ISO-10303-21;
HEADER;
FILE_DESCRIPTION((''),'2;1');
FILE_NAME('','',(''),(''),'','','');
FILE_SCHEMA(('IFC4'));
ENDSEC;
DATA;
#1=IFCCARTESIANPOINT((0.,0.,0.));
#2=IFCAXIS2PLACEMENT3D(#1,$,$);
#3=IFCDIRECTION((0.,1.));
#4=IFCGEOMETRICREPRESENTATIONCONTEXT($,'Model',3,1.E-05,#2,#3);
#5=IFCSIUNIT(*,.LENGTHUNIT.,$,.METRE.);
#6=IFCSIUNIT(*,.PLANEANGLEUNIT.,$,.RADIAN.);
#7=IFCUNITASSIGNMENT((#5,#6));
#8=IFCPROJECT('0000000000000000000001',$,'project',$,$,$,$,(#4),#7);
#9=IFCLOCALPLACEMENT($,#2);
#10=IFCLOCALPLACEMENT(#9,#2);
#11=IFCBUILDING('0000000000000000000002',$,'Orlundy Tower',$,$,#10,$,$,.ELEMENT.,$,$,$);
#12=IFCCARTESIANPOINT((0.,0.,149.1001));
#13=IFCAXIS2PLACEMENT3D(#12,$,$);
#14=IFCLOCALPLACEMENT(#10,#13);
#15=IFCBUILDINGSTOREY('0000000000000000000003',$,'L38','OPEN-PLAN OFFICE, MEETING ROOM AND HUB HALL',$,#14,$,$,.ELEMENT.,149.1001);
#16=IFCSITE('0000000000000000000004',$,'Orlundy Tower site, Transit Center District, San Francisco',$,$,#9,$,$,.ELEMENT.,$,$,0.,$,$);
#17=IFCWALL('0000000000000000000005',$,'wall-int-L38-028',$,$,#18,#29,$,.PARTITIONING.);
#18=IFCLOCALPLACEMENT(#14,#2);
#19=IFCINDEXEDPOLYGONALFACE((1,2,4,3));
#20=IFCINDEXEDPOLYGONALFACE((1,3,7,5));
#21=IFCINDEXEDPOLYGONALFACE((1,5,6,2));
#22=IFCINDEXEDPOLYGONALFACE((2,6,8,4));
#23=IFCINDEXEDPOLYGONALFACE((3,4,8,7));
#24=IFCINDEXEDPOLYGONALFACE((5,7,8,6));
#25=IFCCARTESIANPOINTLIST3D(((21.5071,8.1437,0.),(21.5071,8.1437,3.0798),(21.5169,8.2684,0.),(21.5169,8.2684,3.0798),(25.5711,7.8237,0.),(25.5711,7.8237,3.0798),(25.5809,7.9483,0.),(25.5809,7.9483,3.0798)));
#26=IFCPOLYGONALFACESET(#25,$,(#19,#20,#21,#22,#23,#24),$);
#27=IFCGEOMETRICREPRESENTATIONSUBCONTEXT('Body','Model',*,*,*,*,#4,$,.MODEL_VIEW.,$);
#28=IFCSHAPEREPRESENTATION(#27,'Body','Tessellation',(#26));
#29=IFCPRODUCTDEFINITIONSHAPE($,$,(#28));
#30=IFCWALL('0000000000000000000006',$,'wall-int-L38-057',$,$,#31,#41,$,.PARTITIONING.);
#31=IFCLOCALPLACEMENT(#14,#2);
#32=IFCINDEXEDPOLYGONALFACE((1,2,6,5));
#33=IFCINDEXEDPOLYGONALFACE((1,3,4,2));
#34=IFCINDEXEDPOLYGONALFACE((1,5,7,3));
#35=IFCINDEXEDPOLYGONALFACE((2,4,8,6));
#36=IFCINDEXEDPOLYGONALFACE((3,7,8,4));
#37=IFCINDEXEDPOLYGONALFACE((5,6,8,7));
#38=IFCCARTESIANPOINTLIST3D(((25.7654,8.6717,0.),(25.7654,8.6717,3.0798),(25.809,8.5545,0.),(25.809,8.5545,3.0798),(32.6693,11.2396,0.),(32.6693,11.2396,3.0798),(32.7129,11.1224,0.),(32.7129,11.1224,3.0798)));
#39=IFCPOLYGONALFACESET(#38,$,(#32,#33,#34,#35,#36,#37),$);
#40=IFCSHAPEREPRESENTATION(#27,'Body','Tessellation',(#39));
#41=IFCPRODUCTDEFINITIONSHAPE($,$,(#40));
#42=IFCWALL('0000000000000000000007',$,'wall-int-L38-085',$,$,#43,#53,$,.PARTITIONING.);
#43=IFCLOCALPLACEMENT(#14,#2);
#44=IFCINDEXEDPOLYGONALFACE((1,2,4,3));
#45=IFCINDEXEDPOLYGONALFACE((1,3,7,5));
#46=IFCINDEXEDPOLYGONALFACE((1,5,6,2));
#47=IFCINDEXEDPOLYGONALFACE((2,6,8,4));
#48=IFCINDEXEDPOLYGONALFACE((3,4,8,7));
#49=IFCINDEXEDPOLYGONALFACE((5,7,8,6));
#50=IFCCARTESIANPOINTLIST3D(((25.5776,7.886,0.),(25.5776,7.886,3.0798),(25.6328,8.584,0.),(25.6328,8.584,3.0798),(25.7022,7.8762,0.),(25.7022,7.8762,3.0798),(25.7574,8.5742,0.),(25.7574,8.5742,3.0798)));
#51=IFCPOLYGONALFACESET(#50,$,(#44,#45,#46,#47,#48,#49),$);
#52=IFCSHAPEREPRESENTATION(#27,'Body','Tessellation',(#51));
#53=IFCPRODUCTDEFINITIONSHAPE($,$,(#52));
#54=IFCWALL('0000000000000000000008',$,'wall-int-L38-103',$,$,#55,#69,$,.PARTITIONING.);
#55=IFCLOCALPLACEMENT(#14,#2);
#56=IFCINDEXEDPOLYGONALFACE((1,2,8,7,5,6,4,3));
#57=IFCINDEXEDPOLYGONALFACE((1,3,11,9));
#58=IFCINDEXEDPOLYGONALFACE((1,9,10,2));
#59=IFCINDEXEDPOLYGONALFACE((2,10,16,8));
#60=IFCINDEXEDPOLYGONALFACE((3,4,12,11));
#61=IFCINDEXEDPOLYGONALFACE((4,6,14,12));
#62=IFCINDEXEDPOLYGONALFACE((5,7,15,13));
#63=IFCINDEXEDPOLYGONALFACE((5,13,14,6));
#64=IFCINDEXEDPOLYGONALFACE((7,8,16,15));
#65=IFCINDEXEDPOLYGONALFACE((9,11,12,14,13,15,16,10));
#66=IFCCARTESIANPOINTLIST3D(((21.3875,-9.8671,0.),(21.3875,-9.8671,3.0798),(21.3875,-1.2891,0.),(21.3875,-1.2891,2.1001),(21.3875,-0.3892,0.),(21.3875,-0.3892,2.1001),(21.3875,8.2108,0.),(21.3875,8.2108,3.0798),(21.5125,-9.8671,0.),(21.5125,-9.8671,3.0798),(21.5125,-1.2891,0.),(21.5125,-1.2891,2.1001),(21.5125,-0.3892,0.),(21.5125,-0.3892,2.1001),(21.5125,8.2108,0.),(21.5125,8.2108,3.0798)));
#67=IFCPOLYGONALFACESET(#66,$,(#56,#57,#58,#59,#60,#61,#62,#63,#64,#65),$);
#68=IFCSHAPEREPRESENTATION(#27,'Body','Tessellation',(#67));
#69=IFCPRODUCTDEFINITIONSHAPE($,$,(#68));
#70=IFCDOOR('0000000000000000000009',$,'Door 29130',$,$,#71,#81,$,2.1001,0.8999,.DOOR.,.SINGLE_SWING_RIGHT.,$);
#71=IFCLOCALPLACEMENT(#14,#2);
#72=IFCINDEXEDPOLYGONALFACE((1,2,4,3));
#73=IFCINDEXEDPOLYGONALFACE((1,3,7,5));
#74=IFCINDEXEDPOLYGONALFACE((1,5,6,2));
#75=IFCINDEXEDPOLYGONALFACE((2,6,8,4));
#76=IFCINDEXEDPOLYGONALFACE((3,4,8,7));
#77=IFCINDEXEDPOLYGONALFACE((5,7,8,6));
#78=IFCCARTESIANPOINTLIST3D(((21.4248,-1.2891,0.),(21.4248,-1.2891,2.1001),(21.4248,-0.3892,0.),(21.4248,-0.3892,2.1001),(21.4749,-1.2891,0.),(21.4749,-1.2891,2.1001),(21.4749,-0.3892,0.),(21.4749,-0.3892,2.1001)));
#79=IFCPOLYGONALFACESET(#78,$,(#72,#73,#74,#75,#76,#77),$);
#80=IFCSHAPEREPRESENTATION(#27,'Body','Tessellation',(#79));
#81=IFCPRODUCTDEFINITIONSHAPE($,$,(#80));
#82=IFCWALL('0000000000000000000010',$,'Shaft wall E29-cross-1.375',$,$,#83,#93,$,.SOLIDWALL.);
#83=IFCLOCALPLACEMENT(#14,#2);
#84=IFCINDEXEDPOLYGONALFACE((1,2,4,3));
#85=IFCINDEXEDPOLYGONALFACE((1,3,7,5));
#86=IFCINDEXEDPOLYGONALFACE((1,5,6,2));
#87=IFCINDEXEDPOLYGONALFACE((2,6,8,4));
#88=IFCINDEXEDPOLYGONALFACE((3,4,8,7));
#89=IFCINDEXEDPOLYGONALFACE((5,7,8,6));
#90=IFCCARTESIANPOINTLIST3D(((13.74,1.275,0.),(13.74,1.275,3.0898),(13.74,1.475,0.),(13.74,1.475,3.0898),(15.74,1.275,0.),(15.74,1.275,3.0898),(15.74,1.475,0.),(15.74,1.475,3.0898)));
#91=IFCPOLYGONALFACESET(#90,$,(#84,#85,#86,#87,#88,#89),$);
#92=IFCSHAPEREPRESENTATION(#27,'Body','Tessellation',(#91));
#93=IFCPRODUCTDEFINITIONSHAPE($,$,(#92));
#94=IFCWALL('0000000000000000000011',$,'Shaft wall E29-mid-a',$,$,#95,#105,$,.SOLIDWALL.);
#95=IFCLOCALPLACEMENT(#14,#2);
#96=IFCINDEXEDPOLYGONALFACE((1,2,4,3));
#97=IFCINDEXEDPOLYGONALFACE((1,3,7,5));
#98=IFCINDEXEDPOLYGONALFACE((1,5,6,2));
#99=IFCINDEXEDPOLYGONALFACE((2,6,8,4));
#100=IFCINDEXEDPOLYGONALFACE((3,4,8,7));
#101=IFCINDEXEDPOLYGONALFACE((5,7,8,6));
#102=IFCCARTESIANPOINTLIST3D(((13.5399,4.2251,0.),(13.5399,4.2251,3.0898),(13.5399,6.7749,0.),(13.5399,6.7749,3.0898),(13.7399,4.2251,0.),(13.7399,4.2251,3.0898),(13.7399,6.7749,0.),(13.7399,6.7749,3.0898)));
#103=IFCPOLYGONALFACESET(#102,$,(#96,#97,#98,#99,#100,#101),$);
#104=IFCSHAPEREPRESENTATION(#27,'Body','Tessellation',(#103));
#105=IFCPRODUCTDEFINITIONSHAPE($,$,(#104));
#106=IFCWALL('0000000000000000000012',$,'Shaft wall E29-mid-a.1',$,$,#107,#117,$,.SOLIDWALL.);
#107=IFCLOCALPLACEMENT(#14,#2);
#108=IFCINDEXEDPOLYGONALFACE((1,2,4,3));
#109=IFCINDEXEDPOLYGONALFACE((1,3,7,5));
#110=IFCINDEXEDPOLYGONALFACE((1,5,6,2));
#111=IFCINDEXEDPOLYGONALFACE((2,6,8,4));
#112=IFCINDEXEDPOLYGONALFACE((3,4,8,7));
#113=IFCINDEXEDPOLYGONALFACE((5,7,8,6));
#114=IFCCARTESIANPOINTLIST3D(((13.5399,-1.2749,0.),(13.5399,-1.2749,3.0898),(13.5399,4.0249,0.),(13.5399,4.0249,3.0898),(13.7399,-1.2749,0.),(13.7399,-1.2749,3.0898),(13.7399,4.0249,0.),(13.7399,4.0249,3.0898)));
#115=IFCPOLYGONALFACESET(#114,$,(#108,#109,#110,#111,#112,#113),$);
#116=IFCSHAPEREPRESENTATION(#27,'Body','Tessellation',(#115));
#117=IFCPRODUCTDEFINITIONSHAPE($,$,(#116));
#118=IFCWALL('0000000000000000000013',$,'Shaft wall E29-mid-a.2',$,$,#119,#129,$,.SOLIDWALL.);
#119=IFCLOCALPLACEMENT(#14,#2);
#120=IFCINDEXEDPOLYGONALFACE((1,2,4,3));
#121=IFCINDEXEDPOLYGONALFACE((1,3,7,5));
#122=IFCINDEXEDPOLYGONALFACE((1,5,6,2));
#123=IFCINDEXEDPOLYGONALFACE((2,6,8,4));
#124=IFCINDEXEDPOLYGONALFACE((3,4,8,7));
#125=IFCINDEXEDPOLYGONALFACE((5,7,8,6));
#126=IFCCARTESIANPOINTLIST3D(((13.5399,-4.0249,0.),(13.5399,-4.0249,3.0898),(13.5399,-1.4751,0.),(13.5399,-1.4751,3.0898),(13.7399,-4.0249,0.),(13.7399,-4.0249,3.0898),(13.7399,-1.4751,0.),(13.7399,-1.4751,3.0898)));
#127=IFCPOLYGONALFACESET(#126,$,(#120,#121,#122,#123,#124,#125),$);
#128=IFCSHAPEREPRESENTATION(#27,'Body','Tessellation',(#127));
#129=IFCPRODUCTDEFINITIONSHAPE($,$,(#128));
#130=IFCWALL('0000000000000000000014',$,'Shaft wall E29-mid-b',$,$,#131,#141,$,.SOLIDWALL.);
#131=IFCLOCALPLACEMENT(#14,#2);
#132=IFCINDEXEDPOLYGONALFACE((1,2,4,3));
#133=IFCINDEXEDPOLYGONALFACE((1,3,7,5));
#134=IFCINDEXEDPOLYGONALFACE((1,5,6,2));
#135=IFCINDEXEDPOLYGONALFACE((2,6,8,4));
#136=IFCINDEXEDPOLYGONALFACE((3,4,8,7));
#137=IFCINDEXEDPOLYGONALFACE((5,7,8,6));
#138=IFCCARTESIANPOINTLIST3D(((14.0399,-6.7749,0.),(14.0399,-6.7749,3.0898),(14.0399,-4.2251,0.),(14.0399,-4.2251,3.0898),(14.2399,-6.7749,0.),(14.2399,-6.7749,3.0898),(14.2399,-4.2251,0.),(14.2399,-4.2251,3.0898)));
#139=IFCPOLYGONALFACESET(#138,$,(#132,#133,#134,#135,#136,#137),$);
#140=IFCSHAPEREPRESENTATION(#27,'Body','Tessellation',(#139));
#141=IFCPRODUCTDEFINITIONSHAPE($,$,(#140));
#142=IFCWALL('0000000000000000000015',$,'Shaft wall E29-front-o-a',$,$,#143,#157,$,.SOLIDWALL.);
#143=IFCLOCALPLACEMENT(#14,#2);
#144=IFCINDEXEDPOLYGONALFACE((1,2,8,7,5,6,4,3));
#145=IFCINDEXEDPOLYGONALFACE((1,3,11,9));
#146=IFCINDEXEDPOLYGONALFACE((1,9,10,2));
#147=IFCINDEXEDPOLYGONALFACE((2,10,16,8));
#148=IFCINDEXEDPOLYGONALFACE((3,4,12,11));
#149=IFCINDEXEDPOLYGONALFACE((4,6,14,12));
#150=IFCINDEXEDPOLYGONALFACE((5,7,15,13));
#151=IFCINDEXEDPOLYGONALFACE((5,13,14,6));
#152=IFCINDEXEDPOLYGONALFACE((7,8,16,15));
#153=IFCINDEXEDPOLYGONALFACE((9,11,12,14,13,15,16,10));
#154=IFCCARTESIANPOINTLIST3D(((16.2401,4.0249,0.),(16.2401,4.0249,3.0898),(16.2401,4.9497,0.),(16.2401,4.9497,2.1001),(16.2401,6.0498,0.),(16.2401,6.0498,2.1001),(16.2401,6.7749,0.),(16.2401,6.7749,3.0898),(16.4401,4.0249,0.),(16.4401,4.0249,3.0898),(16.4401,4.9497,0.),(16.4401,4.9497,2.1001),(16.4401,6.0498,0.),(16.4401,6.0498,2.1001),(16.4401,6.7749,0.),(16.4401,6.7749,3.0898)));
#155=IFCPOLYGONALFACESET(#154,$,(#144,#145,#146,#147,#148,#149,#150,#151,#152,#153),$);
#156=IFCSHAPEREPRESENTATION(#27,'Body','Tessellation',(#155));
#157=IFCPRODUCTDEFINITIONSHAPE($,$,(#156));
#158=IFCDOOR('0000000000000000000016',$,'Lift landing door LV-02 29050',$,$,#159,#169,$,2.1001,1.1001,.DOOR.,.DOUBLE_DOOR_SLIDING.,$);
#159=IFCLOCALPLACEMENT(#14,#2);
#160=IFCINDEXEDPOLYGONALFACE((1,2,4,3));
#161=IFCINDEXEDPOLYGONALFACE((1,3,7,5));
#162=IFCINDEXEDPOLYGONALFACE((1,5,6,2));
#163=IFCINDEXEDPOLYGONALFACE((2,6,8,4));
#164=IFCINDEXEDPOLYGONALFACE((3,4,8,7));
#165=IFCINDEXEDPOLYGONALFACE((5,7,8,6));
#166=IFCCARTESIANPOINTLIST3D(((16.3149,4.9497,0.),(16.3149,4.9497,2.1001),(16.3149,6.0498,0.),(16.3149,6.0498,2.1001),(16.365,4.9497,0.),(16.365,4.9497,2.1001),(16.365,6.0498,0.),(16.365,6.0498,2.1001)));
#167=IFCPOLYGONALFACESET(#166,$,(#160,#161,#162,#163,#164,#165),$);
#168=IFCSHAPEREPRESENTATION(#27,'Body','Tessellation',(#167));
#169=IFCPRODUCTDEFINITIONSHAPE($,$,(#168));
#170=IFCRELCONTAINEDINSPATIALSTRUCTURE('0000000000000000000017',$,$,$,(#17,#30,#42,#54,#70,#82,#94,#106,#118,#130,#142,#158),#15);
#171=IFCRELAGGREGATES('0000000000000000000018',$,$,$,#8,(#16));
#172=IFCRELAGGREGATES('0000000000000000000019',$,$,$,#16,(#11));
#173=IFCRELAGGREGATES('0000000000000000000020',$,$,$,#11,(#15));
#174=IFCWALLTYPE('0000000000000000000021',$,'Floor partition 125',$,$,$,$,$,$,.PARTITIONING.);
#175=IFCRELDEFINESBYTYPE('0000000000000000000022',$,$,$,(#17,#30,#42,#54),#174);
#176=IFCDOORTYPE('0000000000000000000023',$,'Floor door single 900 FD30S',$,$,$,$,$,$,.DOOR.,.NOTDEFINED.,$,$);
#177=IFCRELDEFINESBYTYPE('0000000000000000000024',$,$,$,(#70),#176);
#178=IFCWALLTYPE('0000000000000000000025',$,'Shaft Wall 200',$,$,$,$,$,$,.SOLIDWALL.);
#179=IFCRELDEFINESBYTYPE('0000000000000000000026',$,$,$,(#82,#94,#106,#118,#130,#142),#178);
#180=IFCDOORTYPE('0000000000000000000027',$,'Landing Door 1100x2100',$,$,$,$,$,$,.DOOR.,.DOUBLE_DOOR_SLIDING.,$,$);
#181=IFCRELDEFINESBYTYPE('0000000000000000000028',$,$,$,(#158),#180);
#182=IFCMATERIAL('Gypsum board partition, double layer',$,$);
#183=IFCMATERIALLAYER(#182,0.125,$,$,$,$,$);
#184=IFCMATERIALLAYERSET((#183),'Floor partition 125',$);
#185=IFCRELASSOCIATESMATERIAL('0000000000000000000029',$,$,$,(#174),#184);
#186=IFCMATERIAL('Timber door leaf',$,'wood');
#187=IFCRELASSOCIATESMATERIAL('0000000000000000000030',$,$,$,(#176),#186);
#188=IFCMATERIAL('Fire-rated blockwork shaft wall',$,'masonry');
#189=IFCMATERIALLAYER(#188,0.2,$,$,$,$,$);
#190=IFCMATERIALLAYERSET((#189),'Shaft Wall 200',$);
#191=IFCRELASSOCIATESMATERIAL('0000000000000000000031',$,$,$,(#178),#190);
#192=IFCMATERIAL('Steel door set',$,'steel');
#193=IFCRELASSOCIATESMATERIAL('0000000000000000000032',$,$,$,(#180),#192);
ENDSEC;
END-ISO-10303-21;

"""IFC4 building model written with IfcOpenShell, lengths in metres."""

from ifc_helpers import new_model, si_unit, direction, frame, frame_2d, origin, place, context, subcontext, project, spatial, rectangle, extrude, material, layer, layer_set, type_object, element, fill, save


model = new_model("IFC4")

# Units and contexts
model_context = context("Model", 3, precision=1e-05, world=origin(), true_north=direction((0.0, 1.0)))
body_context = subcontext(model_context, "Body", "Model", "MODEL_VIEW")
ifc_project = project(units=[si_unit("LENGTHUNIT", "METRE"), si_unit("PLANEANGLEUNIT", "RADIAN")], contexts=[model_context])

# Site, building, storey
site_placement = place(None, origin())
site = spatial("IfcSite", under=ifc_project, at=site_placement, Name="Orlundy Tower site, Transit Center District, San Francisco", CompositionType="ELEMENT", RefElevation=0.0)
building_placement = place(site_placement, origin())
building = spatial("IfcBuilding", under=site, at=building_placement, Name="Orlundy Tower", CompositionType="ELEMENT")
storey_placement = place(building_placement, frame((0.0, 0.0, 149.1001)))
storey = spatial("IfcBuildingStorey", under=building, at=storey_placement, Name="L38", Description="OPEN-PLAN OFFICE, MEETING ROOM AND HUB HALL", CompositionType="ELEMENT", Elevation=149.1001)

# Walls
ifc_material_1 = material(Name="Gypsum board partition, double layer")
ifc_layer_1 = layer(ifc_material_1, 0.125)
ifc_layer_set_1 = layer_set([ifc_layer_1], Name="Floor partition 125")
wall_type_1 = type_object("IfcWallType", Name="Floor partition 125", PredefinedType="PARTITIONING", material=ifc_layer_set_1)
wall_1_placement = place(storey_placement, frame((21.512, 8.2061, 0.0), z_axis=(0.0, 0.0, 1.0), x_axis=(0.996913, -0.078515, 0.0)))
element("IfcWall", 1, at=wall_1_placement, inside=storey, type_object=wall_type_1, Name="wall-int-L38-028", PredefinedType="PARTITIONING", context=body_context, shape_type="SweptSolid", body=[
    extrude(rectangle(XDim=4.0767, YDim=0.125, at=frame_2d((2.0383, 0.0))), origin(), (0.0, 0.0, 1.0), 3.0798),
])
wall_2_placement = place(storey_placement, frame((25.7871, 8.613, 0.0), z_axis=(0.0, 0.0, 1.0), x_axis=(0.937266, 0.348616, 0.0)))
element("IfcWall", 2, at=wall_2_placement, inside=storey, type_object=wall_type_1, Name="wall-int-L38-057", PredefinedType="PARTITIONING", context=body_context, shape_type="SweptSolid", body=[
    extrude(rectangle(XDim=7.366, YDim=0.125, at=frame_2d((3.6831, 0.0))), origin(), (0.0, 0.0, 1.0), 3.0798),
])
wall_3_placement = place(storey_placement, frame((25.6399, 7.8811, 0.0), z_axis=(0.0, 0.0, 1.0), x_axis=(0.078803, 0.99689, 0.0)))
element("IfcWall", 3, at=wall_3_placement, inside=storey, type_object=wall_type_1, Name="wall-int-L38-085", PredefinedType="PARTITIONING", context=body_context, shape_type="SweptSolid", body=[
    extrude(rectangle(XDim=0.7002, YDim=0.125, at=frame_2d((0.3501, 0.0))), origin(), (0.0, 0.0, 1.0), 3.0798),
])

# Wall, opening, door
wall_4_placement = place(storey_placement, frame((21.45, 8.2109, 0.0), z_axis=(0.0, 0.0, 1.0), x_axis=(0.0, -1.0, 0.0)))
wall_4 = element("IfcWall", 4, at=wall_4_placement, inside=storey, type_object=wall_type_1, Name="wall-int-L38-103", PredefinedType="PARTITIONING", context=body_context, shape_type="SweptSolid", body=[
    extrude(rectangle(XDim=18.0779, YDim=0.125, at=frame_2d((9.0391, 0.0))), origin(), (0.0, 0.0, 1.0), 3.0798),
])
opening_1_placement = place(wall_4_placement, frame((8.6001, 0.0, 0.0)))
opening_1 = element("IfcOpeningElement", 5, at=opening_1_placement, cuts=wall_4, PredefinedType="OPENING", context=body_context, shape_type="SweptSolid", body=[
    extrude(rectangle(XDim=0.8999, YDim=2.1001, at=frame_2d((0.45, 1.05))), frame((0.0, 0.0725, 0.0), z_axis=(0.0, -1.0, 0.0), x_axis=(1.0, 0.0, 0.0)), (0.0, 0.0, 1.0), 0.145),
])
ifc_material_2 = material(Name="Timber door leaf", Category="wood")
door_type_1 = type_object("IfcDoorType", Name="Floor door single 900 FD30S", OperationType="NOTDEFINED", PredefinedType="DOOR", material=ifc_material_2)
door_1_placement = place(opening_1_placement, origin())
door_1 = element("IfcDoor", 6, at=door_1_placement, inside=storey, type_object=door_type_1, Name="Door 29130", OperationType="SINGLE_SWING_RIGHT", OverallHeight=2.1001, OverallWidth=0.8999, PredefinedType="DOOR", context=body_context, shape_type="SweptSolid", body=[
    extrude(rectangle(XDim=0.8999, YDim=2.1001, at=frame_2d((0.45, 1.05))), frame((0.0, 0.0249, 0.0), z_axis=(0.0, -1.0, 0.0), x_axis=(1.0, 0.0, 0.0)), (0.0, 0.0, 1.0), 0.05),
])
fill(opening_1, door_1)

# Walls
ifc_material_3 = material(Name="Fire-rated blockwork shaft wall", Category="masonry")
ifc_layer_2 = layer(ifc_material_3, 0.2)
ifc_layer_set_2 = layer_set([ifc_layer_2], Name="Shaft Wall 200")
wall_type_2 = type_object("IfcWallType", Name="Shaft Wall 200", PredefinedType="SOLIDWALL", material=ifc_layer_set_2)
wall_5_placement = place(storey_placement, frame((13.74, 1.375, 0.0), z_axis=(0.0, 0.0, 1.0), x_axis=(1.0, 0.0, 0.0)))
element("IfcWall", 7, at=wall_5_placement, inside=storey, type_object=wall_type_2, Name="Shaft wall E29-cross-1.375", PredefinedType="SOLIDWALL", context=body_context, shape_type="SweptSolid", body=[
    extrude(rectangle(XDim=2.0, YDim=0.2, at=frame_2d((1.0, 0.0))), origin(), (0.0, 0.0, 1.0), 3.0898),
])
wall_6_placement = place(storey_placement, frame((13.6399, 6.7749, 0.0), z_axis=(0.0, 0.0, 1.0), x_axis=(0.0, -1.0, 0.0)))
element("IfcWall", 8, at=wall_6_placement, inside=storey, type_object=wall_type_2, Name="Shaft wall E29-mid-a", PredefinedType="SOLIDWALL", context=body_context, shape_type="SweptSolid", body=[
    extrude(rectangle(XDim=2.5498, YDim=0.2, at=frame_2d((1.2749, 0.0))), origin(), (0.0, 0.0, 1.0), 3.0898),
])
wall_7_placement = place(storey_placement, frame((13.6399, 4.0249, 0.0), z_axis=(0.0, 0.0, 1.0), x_axis=(0.0, -1.0, 0.0)))
element("IfcWall", 9, at=wall_7_placement, inside=storey, type_object=wall_type_2, Name="Shaft wall E29-mid-a.1", PredefinedType="SOLIDWALL", context=body_context, shape_type="SweptSolid", body=[
    extrude(rectangle(XDim=5.2998, YDim=0.2, at=frame_2d((2.6499, 0.0))), origin(), (0.0, 0.0, 1.0), 3.0898),
])
for number, where, z_axis, x_axis, name in (
    (10, (13.6399, -1.4751, 0.0), (0.0, 0.0, 1.0), (0.0, -1.0, 0.0), "Shaft wall E29-mid-a.2"),
    (11, (14.1399, -4.2251, 0.0), (0.0, 0.0, 1.0), (0.0, -1.0, 0.0), "Shaft wall E29-mid-b"),
):
    element("IfcWall", number, at=place(storey_placement, frame(where, z_axis=z_axis, x_axis=x_axis)), inside=storey, type_object=wall_type_2, Name=name, PredefinedType="SOLIDWALL", context=body_context, shape_type="SweptSolid", body=[
        extrude(rectangle(XDim=2.5498, YDim=0.2, at=frame_2d((1.2749, 0.0))), origin(), (0.0, 0.0, 1.0), 3.0898),
    ])

# Wall, opening, door
wall_8_placement = place(storey_placement, frame((16.3401, 6.7749, 0.0), z_axis=(0.0, 0.0, 1.0), x_axis=(0.0, -1.0, 0.0)))
wall_8 = element("IfcWall", 12, at=wall_8_placement, inside=storey, type_object=wall_type_2, Name="Shaft wall E29-front-o-a", PredefinedType="SOLIDWALL", context=body_context, shape_type="SweptSolid", body=[
    extrude(rectangle(XDim=2.75, YDim=0.2, at=frame_2d((1.375, 0.0))), origin(), (0.0, 0.0, 1.0), 3.0898),
])
opening_2_placement = place(wall_8_placement, frame((0.7251, 0.0, 0.0)))
opening_2 = element("IfcOpeningElement", 13, at=opening_2_placement, cuts=wall_8, PredefinedType="OPENING", context=body_context, shape_type="SweptSolid", body=[
    extrude(rectangle(XDim=1.1001, YDim=2.1001, at=frame_2d((0.55, 1.05))), frame((0.0, 0.1101, 0.0), z_axis=(0.0, -1.0, 0.0), x_axis=(1.0, 0.0, 0.0)), (0.0, 0.0, 1.0), 0.2202),
])
ifc_material_4 = material(Name="Steel door set", Category="steel")
door_type_2 = type_object("IfcDoorType", Name="Landing Door 1100x2100", OperationType="DOUBLE_DOOR_SLIDING", PredefinedType="DOOR", material=ifc_material_4)
door_2_placement = place(opening_2_placement, origin())
door_2 = element("IfcDoor", 14, at=door_2_placement, inside=storey, type_object=door_type_2, Name="Lift landing door LV-02 29050", OperationType="DOUBLE_DOOR_SLIDING", OverallHeight=2.1001, OverallWidth=1.1001, PredefinedType="DOOR", context=body_context, shape_type="SweptSolid", body=[
    extrude(rectangle(XDim=1.1001, YDim=2.1001, at=frame_2d((0.55, 1.05))), frame((0.0, 0.0249, 0.0), z_axis=(0.0, -1.0, 0.0), x_axis=(1.0, 0.0, 0.0)), (0.0, 0.0, 1.0), 0.05),
])
fill(opening_2, door_2)

save(model, "model.ifc")
